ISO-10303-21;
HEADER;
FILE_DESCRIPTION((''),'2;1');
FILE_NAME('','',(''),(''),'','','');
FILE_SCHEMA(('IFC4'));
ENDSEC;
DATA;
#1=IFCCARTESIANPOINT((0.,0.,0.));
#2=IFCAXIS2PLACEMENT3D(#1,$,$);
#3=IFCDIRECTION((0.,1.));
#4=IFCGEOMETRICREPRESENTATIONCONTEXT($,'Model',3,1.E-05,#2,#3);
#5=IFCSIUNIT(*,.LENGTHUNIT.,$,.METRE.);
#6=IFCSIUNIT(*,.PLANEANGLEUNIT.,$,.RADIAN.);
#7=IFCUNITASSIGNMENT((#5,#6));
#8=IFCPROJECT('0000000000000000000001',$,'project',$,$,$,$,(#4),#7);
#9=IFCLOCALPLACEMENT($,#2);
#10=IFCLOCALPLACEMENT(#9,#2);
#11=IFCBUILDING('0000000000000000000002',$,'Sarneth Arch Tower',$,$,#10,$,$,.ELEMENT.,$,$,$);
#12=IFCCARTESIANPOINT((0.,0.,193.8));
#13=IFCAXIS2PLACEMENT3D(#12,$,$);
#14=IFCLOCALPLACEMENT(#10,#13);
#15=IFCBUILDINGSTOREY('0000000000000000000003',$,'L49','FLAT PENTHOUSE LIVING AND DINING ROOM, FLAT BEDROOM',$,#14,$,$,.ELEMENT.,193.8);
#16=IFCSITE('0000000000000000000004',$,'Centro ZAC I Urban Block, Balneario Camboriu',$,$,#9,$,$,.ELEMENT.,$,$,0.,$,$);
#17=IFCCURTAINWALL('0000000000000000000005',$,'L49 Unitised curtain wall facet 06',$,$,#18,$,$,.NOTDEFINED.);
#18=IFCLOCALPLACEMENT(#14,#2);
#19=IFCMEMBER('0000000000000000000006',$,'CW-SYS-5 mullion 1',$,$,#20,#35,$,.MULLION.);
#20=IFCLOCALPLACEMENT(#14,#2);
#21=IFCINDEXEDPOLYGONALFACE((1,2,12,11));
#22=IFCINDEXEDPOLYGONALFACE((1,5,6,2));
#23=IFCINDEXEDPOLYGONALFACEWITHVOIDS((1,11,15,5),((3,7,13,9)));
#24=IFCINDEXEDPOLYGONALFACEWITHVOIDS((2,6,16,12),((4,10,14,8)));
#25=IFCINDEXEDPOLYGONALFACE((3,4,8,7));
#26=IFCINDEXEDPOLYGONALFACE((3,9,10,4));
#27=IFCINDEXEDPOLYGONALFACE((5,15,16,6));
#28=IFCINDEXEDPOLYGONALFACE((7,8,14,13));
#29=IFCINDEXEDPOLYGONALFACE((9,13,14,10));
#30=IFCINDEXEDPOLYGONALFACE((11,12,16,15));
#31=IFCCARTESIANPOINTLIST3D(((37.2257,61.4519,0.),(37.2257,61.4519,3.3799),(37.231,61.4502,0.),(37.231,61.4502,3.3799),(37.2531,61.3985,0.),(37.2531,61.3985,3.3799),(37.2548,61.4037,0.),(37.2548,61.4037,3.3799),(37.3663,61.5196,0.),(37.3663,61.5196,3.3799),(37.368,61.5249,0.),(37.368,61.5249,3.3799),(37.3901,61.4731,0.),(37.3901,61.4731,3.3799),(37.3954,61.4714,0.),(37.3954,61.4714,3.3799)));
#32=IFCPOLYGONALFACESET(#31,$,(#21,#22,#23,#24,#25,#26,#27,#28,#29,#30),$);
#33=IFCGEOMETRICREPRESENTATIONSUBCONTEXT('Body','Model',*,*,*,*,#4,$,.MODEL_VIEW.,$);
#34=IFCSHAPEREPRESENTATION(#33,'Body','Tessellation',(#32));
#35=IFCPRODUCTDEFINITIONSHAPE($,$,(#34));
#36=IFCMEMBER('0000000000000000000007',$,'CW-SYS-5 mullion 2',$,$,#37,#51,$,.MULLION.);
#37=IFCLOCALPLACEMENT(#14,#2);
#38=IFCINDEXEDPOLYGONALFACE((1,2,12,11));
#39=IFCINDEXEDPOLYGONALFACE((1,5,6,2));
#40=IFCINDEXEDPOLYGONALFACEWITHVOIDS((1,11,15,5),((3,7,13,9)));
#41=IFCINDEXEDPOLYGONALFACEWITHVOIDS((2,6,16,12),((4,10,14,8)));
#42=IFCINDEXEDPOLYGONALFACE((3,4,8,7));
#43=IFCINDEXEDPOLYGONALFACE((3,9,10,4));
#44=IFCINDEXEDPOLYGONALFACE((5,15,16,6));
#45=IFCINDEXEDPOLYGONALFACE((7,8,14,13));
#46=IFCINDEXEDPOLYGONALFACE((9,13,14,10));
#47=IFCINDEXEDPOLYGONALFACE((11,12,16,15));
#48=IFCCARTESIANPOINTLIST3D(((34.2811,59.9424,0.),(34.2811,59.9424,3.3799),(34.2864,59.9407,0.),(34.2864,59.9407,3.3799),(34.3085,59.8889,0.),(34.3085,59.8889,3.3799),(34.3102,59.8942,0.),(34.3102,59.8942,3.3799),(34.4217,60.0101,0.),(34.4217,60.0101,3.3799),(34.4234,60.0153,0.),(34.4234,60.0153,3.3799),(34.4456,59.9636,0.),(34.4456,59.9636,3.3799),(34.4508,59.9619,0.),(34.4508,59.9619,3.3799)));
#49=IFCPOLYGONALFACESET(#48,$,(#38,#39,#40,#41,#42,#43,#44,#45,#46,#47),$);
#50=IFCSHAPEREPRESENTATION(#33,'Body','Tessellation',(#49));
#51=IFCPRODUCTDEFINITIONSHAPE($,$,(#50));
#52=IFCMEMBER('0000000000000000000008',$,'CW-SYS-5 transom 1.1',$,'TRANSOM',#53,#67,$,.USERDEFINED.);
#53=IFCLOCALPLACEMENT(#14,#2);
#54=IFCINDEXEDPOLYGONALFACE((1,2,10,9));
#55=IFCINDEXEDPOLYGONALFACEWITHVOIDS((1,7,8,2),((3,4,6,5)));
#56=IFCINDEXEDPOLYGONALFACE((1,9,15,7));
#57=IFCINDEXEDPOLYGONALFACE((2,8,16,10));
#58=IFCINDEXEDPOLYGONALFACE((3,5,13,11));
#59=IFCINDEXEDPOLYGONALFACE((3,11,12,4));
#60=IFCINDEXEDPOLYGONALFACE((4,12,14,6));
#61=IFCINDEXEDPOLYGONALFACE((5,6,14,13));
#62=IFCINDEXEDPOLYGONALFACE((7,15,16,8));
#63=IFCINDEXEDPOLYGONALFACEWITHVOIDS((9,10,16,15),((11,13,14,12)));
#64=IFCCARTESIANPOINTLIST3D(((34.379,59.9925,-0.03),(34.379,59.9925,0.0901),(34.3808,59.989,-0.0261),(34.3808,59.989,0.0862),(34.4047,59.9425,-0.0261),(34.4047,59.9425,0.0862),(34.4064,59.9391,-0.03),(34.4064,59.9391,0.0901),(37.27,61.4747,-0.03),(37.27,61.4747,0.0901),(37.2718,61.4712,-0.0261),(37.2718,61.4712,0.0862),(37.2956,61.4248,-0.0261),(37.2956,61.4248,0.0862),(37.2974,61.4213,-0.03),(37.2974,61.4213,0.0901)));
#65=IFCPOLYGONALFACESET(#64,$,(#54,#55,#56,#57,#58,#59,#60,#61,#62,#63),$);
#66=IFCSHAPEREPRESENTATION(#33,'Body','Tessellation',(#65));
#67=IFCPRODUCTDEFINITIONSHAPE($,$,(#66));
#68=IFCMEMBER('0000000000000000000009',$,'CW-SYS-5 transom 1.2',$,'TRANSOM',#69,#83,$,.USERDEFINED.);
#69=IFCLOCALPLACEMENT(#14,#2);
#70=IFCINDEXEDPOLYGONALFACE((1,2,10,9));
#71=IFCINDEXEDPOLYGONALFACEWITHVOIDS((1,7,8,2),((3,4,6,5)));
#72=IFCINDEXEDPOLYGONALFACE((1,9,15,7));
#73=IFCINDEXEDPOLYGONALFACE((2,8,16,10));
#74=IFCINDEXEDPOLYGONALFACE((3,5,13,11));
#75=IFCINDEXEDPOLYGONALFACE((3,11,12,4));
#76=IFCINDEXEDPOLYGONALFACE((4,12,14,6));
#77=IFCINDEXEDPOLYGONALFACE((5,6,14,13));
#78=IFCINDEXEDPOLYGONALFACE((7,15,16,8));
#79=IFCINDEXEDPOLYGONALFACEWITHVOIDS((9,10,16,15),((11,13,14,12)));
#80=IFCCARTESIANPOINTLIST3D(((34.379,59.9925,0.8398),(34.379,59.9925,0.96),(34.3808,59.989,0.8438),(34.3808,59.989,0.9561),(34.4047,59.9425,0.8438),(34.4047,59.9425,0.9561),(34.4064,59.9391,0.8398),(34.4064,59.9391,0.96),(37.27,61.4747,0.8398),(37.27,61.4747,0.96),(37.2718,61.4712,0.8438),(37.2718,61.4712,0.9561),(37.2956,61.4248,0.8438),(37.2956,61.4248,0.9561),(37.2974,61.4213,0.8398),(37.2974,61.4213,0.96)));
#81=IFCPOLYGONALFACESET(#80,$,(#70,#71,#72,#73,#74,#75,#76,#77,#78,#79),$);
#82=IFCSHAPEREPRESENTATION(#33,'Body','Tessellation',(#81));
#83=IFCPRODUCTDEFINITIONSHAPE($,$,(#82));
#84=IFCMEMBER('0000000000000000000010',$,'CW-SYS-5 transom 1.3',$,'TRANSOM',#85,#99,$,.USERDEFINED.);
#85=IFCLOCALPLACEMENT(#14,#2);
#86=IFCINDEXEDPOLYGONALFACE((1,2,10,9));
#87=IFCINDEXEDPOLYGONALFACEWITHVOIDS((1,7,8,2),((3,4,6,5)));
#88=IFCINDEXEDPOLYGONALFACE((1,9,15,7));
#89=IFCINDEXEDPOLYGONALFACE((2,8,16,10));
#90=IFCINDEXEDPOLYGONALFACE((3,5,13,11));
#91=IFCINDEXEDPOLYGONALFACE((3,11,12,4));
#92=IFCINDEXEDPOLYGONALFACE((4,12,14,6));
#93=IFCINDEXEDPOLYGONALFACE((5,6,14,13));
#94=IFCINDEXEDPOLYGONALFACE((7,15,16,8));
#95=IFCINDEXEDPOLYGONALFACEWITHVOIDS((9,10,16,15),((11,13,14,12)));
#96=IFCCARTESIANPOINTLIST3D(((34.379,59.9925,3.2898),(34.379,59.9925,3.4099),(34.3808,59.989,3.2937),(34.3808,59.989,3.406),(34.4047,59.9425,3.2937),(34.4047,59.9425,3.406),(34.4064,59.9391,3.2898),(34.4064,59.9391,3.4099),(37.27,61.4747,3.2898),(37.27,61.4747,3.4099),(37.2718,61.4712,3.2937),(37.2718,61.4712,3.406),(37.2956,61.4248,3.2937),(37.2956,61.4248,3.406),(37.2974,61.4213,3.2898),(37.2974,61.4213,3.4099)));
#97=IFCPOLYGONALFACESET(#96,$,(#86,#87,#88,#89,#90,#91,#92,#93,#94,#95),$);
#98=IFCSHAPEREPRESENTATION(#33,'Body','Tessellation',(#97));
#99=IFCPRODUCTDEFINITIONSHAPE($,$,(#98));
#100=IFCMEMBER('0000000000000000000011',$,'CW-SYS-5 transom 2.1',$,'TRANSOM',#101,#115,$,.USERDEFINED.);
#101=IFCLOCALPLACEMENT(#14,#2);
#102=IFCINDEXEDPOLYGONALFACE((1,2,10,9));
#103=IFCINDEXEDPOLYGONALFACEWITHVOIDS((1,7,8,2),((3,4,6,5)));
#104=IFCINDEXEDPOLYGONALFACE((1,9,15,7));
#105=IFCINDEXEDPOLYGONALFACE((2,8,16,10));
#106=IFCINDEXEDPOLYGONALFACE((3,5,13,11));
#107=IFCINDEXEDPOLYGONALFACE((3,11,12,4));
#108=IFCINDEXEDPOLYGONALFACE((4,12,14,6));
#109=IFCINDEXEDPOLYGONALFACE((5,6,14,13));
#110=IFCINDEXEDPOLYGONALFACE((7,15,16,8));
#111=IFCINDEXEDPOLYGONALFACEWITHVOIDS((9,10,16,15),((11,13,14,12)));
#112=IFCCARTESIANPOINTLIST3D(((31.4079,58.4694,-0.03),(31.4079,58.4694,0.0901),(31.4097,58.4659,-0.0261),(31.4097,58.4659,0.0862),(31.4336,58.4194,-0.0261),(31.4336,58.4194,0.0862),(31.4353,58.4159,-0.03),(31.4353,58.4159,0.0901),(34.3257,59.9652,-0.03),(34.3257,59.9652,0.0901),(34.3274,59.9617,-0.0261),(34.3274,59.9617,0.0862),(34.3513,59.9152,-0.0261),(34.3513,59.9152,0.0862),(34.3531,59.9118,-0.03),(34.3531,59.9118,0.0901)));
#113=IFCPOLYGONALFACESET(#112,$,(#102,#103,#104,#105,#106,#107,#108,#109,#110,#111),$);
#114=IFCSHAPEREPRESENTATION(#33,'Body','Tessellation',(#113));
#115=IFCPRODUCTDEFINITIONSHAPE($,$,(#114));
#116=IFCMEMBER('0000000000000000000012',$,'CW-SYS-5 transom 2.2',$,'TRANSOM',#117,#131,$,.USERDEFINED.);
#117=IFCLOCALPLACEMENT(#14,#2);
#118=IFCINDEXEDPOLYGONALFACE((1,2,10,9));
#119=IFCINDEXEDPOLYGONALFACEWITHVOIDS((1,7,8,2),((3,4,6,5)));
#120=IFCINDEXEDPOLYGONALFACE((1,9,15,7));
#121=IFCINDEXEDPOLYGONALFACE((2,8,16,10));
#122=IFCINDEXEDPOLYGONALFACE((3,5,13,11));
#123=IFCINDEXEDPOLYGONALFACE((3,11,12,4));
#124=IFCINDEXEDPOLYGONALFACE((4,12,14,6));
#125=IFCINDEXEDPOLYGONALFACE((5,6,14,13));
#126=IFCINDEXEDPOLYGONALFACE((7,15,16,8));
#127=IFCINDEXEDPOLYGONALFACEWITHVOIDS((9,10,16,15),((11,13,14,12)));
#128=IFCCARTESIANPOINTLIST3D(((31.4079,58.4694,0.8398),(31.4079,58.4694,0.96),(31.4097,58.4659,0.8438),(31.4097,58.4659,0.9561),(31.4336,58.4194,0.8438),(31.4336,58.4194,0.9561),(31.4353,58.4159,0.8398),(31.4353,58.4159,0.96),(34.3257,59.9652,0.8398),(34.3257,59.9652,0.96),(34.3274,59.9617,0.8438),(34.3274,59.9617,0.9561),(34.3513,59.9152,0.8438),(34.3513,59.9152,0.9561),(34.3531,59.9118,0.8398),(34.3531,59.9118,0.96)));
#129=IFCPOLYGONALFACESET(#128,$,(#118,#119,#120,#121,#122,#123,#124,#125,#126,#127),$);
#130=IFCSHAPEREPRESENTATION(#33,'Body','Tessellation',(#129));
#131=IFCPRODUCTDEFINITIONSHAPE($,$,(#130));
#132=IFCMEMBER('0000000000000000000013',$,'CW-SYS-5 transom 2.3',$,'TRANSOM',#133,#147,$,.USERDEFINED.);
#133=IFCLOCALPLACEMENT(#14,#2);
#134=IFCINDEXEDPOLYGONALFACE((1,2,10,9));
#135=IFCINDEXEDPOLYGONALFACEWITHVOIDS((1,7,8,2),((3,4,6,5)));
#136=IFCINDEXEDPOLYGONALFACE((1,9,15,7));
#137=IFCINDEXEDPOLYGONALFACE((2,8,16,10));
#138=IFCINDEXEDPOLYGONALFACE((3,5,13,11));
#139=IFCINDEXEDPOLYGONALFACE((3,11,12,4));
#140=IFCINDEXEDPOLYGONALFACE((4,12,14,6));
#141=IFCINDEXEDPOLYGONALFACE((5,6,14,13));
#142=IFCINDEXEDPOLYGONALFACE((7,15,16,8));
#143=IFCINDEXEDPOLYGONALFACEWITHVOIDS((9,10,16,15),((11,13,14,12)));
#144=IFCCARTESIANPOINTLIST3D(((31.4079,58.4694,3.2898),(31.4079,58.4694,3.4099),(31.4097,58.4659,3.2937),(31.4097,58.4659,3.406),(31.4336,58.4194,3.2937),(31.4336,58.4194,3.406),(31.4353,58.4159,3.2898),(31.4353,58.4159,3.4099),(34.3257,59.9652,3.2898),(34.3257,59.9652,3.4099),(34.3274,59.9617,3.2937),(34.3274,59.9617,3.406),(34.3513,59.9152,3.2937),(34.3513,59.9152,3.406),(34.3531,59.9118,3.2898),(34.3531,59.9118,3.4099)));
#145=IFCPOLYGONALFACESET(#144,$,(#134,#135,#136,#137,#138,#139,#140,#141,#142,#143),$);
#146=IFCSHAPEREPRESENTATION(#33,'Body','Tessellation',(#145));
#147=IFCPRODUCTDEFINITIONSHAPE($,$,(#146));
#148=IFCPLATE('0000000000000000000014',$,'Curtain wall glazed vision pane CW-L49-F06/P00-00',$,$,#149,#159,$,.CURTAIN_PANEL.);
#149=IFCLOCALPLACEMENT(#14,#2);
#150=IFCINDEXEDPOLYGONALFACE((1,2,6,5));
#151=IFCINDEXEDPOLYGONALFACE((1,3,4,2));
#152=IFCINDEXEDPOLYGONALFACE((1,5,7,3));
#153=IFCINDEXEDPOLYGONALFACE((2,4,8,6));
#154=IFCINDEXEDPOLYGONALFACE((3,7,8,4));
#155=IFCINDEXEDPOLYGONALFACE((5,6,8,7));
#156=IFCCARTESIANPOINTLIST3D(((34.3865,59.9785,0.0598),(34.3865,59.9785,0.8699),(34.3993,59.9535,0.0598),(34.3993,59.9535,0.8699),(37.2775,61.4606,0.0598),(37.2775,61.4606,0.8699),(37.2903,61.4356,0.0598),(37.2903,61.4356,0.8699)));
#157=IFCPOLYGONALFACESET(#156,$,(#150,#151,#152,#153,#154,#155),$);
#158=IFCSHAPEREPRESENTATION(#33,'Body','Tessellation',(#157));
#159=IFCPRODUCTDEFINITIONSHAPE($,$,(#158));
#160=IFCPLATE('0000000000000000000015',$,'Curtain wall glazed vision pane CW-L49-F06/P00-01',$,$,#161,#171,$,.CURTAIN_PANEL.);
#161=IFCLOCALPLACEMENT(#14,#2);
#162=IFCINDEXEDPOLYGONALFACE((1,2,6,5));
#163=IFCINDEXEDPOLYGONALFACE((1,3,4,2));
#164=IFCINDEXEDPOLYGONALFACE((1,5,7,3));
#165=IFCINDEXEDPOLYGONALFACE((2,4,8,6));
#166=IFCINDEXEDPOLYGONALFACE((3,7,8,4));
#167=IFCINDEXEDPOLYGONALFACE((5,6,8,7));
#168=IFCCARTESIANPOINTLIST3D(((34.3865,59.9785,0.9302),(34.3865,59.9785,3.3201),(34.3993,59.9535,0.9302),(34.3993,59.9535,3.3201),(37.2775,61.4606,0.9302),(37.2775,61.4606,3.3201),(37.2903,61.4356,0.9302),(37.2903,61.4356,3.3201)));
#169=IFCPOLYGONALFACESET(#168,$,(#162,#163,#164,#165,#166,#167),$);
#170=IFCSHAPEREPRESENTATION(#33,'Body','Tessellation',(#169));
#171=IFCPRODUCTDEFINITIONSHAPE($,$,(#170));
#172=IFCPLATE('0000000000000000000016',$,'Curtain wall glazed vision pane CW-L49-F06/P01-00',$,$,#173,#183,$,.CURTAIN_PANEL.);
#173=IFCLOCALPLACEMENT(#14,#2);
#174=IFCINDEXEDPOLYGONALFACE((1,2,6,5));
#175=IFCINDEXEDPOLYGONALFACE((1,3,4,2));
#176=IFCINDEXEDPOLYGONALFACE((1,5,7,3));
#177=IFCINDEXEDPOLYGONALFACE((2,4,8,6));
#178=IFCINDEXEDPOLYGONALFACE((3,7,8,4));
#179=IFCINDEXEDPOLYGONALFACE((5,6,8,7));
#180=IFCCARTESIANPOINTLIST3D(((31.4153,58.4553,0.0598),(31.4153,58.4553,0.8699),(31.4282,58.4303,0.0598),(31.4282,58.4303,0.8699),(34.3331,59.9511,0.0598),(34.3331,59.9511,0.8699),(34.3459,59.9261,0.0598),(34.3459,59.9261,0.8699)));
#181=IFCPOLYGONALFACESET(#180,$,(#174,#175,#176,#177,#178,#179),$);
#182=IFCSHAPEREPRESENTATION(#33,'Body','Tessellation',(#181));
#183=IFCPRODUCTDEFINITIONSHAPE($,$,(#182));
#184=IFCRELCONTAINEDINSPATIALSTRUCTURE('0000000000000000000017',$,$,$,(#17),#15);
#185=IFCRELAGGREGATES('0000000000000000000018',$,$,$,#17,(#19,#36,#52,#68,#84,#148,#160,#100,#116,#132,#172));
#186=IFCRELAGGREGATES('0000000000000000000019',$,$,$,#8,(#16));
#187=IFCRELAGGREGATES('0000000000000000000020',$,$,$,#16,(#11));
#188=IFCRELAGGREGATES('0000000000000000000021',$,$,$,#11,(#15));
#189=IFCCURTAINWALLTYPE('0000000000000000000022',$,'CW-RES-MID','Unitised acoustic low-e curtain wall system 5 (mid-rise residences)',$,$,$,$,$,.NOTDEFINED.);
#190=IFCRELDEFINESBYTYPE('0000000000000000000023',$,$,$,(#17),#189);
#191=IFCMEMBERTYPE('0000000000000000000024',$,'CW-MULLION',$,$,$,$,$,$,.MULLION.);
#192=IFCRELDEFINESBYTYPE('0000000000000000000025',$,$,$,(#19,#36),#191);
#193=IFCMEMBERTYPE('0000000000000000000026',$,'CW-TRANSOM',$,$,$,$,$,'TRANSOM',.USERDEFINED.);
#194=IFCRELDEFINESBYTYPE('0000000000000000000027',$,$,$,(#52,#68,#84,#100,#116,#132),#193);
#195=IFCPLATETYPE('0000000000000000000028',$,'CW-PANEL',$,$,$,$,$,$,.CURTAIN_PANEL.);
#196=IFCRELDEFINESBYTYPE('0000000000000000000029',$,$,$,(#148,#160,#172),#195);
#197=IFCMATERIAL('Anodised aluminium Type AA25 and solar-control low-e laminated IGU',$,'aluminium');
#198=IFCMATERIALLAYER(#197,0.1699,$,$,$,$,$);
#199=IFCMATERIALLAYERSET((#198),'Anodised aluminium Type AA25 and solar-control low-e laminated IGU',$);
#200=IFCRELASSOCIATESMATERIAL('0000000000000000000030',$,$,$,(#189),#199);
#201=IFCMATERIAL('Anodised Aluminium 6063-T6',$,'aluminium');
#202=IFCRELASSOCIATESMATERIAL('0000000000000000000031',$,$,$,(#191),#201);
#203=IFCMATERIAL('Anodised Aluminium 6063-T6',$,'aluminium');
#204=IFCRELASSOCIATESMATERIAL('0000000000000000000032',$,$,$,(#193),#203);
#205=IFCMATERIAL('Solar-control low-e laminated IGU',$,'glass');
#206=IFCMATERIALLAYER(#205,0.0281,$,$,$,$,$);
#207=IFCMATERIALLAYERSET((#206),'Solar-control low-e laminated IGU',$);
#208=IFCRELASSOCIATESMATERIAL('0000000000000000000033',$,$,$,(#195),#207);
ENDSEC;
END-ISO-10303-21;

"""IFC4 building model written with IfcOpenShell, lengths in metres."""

from ifc_helpers import new_model, si_unit, direction, frame, origin, origin_2d, place, context, subcontext, project, spatial, rectangle, hollow_rectangle, extrude, material, layer, layer_set, material_profile, profile_set, type_object, element, aggregate, save


model = new_model("IFC4")

# Units and contexts
model_context = context("Model", 3, precision=1e-05, world=origin(), true_north=direction((0.0, 1.0)))
body_context = subcontext(model_context, "Body", "Model", "MODEL_VIEW")
ifc_project = project(units=[si_unit("LENGTHUNIT", "METRE"), si_unit("PLANEANGLEUNIT", "RADIAN")], contexts=[model_context])

# Site, building, storey
site_placement = place(None, origin())
site = spatial("IfcSite", under=ifc_project, at=site_placement, Name="Centro ZAC I Urban Block, Balneario Camboriu", CompositionType="ELEMENT", RefElevation=0.0)
building_placement = place(site_placement, origin())
building = spatial("IfcBuilding", under=site, at=building_placement, Name="Sarneth Arch Tower", CompositionType="ELEMENT")
storey_placement = place(building_placement, frame((0.0, 0.0, 193.8)))
storey = spatial("IfcBuildingStorey", under=building, at=storey_placement, Name="L49", Description="FLAT PENTHOUSE LIVING AND DINING ROOM, FLAT BEDROOM", CompositionType="ELEMENT", Elevation=193.8)

# Curtain wall, members, plates
ifc_material_1 = material(Name="Anodised aluminium Type AA25 and solar-control low-e laminated IGU", Category="aluminium")
ifc_layer_1 = layer(ifc_material_1, 0.1699)
ifc_layer_set_1 = layer_set([ifc_layer_1], Name="Anodised aluminium Type AA25 and solar-control low-e laminated IGU")
curtain_wall_type = type_object("IfcCurtainWallType", Name="CW-RES-MID", Description="Unitised acoustic low-e curtain wall system 5 (mid-rise residences)", PredefinedType="NOTDEFINED", material=ifc_layer_set_1)
curtain_wall_placement = place(storey_placement, origin())
curtain_wall = element("IfcCurtainWall", 1, at=curtain_wall_placement, inside=storey, type_object=curtain_wall_type, Name="L49 Unitised curtain wall facet 06", PredefinedType="NOTDEFINED")
ifc_material_2 = material(Name="Anodised Aluminium 6063-T6", Category="aluminium")
ifc_material_profile_1 = material_profile(ifc_material_2, hollow_rectangle(XDim=0.0601, YDim=0.1599, WallThickness=0.0039, at=origin_2d()), Name="AL-MULL-160x60x4")
ifc_profile_set_1 = profile_set([ifc_material_profile_1], Name="Anodised Aluminium 6063-T6")
member_type_1 = type_object("IfcMemberType", Name="CW-MULLION", PredefinedType="MULLION", material=ifc_profile_set_1)
member_1_placement = place(storey_placement, frame((37.3105, 61.4617, 0.0), z_axis=(0.0, 0.0, 1.0), x_axis=(0.456208, -0.889873, 0.0)))
member_1 = element("IfcMember", 2, at=member_1_placement, type_object=member_type_1, Name="CW-SYS-5 mullion 1", PredefinedType="MULLION", context=body_context, shape_type="SweptSolid", body=[
    extrude(hollow_rectangle(XDim=0.0601, YDim=0.1599, WallThickness=0.0039, at=origin_2d()), origin(), (0.0, 0.0, 1.0), 3.3799),
])
member_2_placement = place(storey_placement, frame((34.366, 59.9521, 0.0), z_axis=(0.0, 0.0, 1.0), x_axis=(0.456208, -0.889873, 0.0)))
member_2 = element("IfcMember", 3, at=member_2_placement, type_object=member_type_1, Name="CW-SYS-5 mullion 2", PredefinedType="MULLION", context=body_context, shape_type="SweptSolid", body=[
    extrude(hollow_rectangle(XDim=0.0601, YDim=0.1599, WallThickness=0.0039, at=origin_2d()), origin(), (0.0, 0.0, 1.0), 3.3799),
])
ifc_material_3 = material(Name="Anodised Aluminium 6063-T6", Category="aluminium")
ifc_material_profile_2 = material_profile(ifc_material_3, hollow_rectangle(XDim=0.0601, YDim=0.1201, WallThickness=0.0039, at=origin_2d()), Name="AL-TRAN-120x60x4")
ifc_profile_set_2 = profile_set([ifc_material_profile_2], Name="Anodised Aluminium 6063-T6")
member_type_2 = type_object("IfcMemberType", Name="CW-TRANSOM", ElementType="TRANSOM", PredefinedType="USERDEFINED", material=ifc_profile_set_2)
member_3_placement = place(storey_placement, frame((37.2837, 61.448, 0.03), z_axis=(-0.889857, -0.456239, 0.0), x_axis=(0.456239, -0.889857, 0.0)))
member_3 = element("IfcMember", 4, at=member_3_placement, type_object=member_type_2, Name="CW-SYS-5 transom 1.1", ObjectType="TRANSOM", PredefinedType="USERDEFINED", context=body_context, shape_type="SweptSolid", body=[
    extrude(hollow_rectangle(XDim=0.0601, YDim=0.1201, WallThickness=0.0039, at=origin_2d()), origin(), (0.0, 0.0, 1.0), 3.2488),
])
member_4_placement = place(storey_placement, frame((37.2837, 61.448, 0.8999), z_axis=(-0.889857, -0.456239, 0.0), x_axis=(0.456239, -0.889857, 0.0)))
member_4 = element("IfcMember", 5, at=member_4_placement, type_object=member_type_2, Name="CW-SYS-5 transom 1.2", ObjectType="TRANSOM", PredefinedType="USERDEFINED", context=body_context, shape_type="SweptSolid", body=[
    extrude(hollow_rectangle(XDim=0.0601, YDim=0.1201, WallThickness=0.0039, at=origin_2d()), origin(), (0.0, 0.0, 1.0), 3.2488),
])
member_5_placement = place(storey_placement, frame((37.2837, 61.448, 3.3499), z_axis=(-0.889857, -0.456239, 0.0), x_axis=(0.456239, -0.889857, 0.0)))
member_5 = element("IfcMember", 6, at=member_5_placement, type_object=member_type_2, Name="CW-SYS-5 transom 1.3", ObjectType="TRANSOM", PredefinedType="USERDEFINED", context=body_context, shape_type="SweptSolid", body=[
    extrude(hollow_rectangle(XDim=0.0601, YDim=0.1201, WallThickness=0.0039, at=origin_2d()), origin(), (0.0, 0.0, 1.0), 3.2488),
])
member_6_placement = place(storey_placement, frame((34.3394, 59.9385, 0.03), z_axis=(-0.889869, -0.456215, 0.0), x_axis=(0.456215, -0.889869, 0.0)))
member_6 = element("IfcMember", 7, at=member_6_placement, type_object=member_type_2, Name="CW-SYS-5 transom 2.1", ObjectType="TRANSOM", PredefinedType="USERDEFINED", context=body_context, shape_type="SweptSolid", body=[
    extrude(hollow_rectangle(XDim=0.0601, YDim=0.1201, WallThickness=0.0039, at=origin_2d()), origin(), (0.0, 0.0, 1.0), 3.2788),
])
member_7_placement = place(storey_placement, frame((34.3394, 59.9385, 0.8999), z_axis=(-0.889869, -0.456215, 0.0), x_axis=(0.456215, -0.889869, 0.0)))
member_7 = element("IfcMember", 8, at=member_7_placement, type_object=member_type_2, Name="CW-SYS-5 transom 2.2", ObjectType="TRANSOM", PredefinedType="USERDEFINED", context=body_context, shape_type="SweptSolid", body=[
    extrude(hollow_rectangle(XDim=0.0601, YDim=0.1201, WallThickness=0.0039, at=origin_2d()), origin(), (0.0, 0.0, 1.0), 3.2788),
])
member_8_placement = place(storey_placement, frame((34.3394, 59.9385, 3.3499), z_axis=(-0.889869, -0.456215, 0.0), x_axis=(0.456215, -0.889869, 0.0)))
member_8 = element("IfcMember", 9, at=member_8_placement, type_object=member_type_2, Name="CW-SYS-5 transom 2.3", ObjectType="TRANSOM", PredefinedType="USERDEFINED", context=body_context, shape_type="SweptSolid", body=[
    extrude(hollow_rectangle(XDim=0.0601, YDim=0.1201, WallThickness=0.0039, at=origin_2d()), origin(), (0.0, 0.0, 1.0), 3.2788),
])
ifc_material_4 = material(Name="Solar-control low-e laminated IGU", Category="glass")
ifc_layer_2 = layer(ifc_material_4, 0.0281)
ifc_layer_set_2 = layer_set([ifc_layer_2], Name="Solar-control low-e laminated IGU")
plate_type_1 = type_object("IfcPlateType", Name="CW-PANEL", PredefinedType="CURTAIN_PANEL", material=ifc_layer_set_2)
plate_1_placement = place(storey_placement, frame((35.8384, 60.707, 0.0598), z_axis=(0.0, 0.0, 1.0), x_axis=(-0.889873, -0.456208, 0.0)))
plate_1 = element("IfcPlate", 10, at=plate_1_placement, type_object=plate_type_1, Name="Curtain wall glazed vision pane CW-L49-F06/P00-00", PredefinedType="CURTAIN_PANEL", context=body_context, shape_type="SweptSolid", body=[
    extrude(rectangle(XDim=3.2488, YDim=0.0281, at=origin_2d()), origin(), (0.0, 0.0, 1.0), 0.8101),
])
plate_2_placement = place(storey_placement, frame((35.8384, 60.707, 0.9302), z_axis=(0.0, 0.0, 1.0), x_axis=(-0.889873, -0.456208, 0.0)))
plate_2 = element("IfcPlate", 11, at=plate_2_placement, type_object=plate_type_1, Name="Curtain wall glazed vision pane CW-L49-F06/P00-01", PredefinedType="CURTAIN_PANEL", context=body_context, shape_type="SweptSolid", body=[
    extrude(rectangle(XDim=3.2488, YDim=0.0281, at=origin_2d()), origin(), (0.0, 0.0, 1.0), 2.3899),
])
plate_3_placement = place(storey_placement, frame((32.8806, 59.1907, 0.0598), z_axis=(0.0, 0.0, 1.0), x_axis=(-0.889873, -0.456208, 0.0)))
plate_3 = element("IfcPlate", 12, at=plate_3_placement, type_object=plate_type_1, Name="Curtain wall glazed vision pane CW-L49-F06/P01-00", PredefinedType="CURTAIN_PANEL", context=body_context, shape_type="SweptSolid", body=[
    extrude(rectangle(XDim=3.2788, YDim=0.0281, at=origin_2d()), origin(), (0.0, 0.0, 1.0), 0.8101),
])
aggregate(curtain_wall, [member_1, member_2, member_3, member_4, member_5, plate_1, plate_2, member_6, member_7, member_8, plate_3])

save(model, "model.ifc")
